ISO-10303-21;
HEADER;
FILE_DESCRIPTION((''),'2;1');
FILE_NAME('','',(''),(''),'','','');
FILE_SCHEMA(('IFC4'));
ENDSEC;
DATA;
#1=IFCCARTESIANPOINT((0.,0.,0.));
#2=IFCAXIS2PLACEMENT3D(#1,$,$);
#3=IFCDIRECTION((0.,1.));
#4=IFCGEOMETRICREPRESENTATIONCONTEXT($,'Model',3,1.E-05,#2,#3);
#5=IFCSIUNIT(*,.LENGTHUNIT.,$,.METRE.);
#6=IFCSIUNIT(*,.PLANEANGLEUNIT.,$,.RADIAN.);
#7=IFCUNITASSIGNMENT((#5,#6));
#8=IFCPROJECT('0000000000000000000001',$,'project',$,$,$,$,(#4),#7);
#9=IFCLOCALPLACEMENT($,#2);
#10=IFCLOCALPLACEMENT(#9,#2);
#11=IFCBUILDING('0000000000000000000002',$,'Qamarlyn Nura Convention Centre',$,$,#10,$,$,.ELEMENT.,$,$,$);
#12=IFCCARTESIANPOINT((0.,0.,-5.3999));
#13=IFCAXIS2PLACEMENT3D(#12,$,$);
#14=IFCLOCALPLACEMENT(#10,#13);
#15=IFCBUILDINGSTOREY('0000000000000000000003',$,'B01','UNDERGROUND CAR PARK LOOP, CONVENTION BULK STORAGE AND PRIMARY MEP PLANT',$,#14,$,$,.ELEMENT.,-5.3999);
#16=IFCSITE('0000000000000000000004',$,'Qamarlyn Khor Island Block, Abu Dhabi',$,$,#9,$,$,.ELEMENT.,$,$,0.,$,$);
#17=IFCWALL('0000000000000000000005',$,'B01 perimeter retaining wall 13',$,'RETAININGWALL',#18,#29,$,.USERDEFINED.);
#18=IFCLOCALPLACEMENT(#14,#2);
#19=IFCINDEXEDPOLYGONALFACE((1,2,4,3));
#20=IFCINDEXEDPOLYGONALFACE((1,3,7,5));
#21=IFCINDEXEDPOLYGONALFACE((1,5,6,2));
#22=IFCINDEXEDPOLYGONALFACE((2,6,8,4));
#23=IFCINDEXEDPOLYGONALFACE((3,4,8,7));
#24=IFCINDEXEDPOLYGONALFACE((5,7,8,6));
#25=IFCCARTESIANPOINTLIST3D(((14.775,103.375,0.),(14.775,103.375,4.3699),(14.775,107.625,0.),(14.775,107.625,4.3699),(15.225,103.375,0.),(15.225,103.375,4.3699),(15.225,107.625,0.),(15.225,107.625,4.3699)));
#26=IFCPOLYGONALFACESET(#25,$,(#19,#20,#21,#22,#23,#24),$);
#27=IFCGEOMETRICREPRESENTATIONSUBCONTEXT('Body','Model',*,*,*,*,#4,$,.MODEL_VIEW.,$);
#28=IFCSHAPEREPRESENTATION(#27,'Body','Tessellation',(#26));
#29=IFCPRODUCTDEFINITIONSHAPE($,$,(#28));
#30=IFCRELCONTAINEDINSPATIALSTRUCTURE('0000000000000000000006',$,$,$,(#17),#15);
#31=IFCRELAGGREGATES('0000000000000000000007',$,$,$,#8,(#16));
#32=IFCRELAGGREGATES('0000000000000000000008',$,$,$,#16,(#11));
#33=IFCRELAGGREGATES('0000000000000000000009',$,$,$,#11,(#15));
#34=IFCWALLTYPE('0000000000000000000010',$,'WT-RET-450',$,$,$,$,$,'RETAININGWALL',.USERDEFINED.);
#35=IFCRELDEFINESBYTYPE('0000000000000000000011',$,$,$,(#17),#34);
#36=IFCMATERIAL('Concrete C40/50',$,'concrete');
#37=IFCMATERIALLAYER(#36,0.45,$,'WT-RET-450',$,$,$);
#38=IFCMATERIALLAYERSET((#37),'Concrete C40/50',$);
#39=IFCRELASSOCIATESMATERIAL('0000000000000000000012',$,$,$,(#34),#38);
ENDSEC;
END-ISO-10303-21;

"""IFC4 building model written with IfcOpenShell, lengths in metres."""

from ifc_helpers import new_model, si_unit, direction, frame, frame_2d, origin, place, context, subcontext, project, spatial, rectangle, extrude, material, layer, layer_set, type_object, element, save


model = new_model("IFC4")

# Units and contexts
model_context = context("Model", 3, precision=1e-05, world=origin(), true_north=direction((0.0, 1.0)))
body_context = subcontext(model_context, "Body", "Model", "MODEL_VIEW")
ifc_project = project(units=[si_unit("LENGTHUNIT", "METRE"), si_unit("PLANEANGLEUNIT", "RADIAN")], contexts=[model_context])

# Site, building, storey
site_placement = place(None, origin())
site = spatial("IfcSite", under=ifc_project, at=site_placement, Name="Qamarlyn Khor Island Block, Abu Dhabi", CompositionType="ELEMENT", RefElevation=0.0)
building_placement = place(site_placement, origin())
building = spatial("IfcBuilding", under=site, at=building_placement, Name="Qamarlyn Nura Convention Centre", CompositionType="ELEMENT")
storey_placement = place(building_placement, frame((0.0, 0.0, -5.3999)))
storey = spatial("IfcBuildingStorey", under=building, at=storey_placement, Name="B01", Description="UNDERGROUND CAR PARK LOOP, CONVENTION BULK STORAGE AND PRIMARY MEP PLANT", CompositionType="ELEMENT", Elevation=-5.3999)

# Shared definitions
ifc_material_1 = material(Name="Concrete C40/50", Category="concrete")

# Wall
ifc_layer_1 = layer(ifc_material_1, 0.45, Name="WT-RET-450")
ifc_layer_set_1 = layer_set([ifc_layer_1], Name="Concrete C40/50")
wall_type_1 = type_object("IfcWallType", Name="WT-RET-450", ElementType="RETAININGWALL", PredefinedType="USERDEFINED", material=ifc_layer_set_1)
wall_1_placement = place(storey_placement, frame((15.0, 103.375, 0.0), z_axis=(0.0, 0.0, 1.0), x_axis=(0.0, 1.0, 0.0)))
element("IfcWall", 1, at=wall_1_placement, inside=storey, type_object=wall_type_1, Name="B01 perimeter retaining wall 13", ObjectType="RETAININGWALL", PredefinedType="USERDEFINED", context=body_context, shape_type="SweptSolid", body=[
    extrude(rectangle(XDim=4.25, YDim=0.45, at=frame_2d((2.125, 0.0))), origin(), (0.0, 0.0, 1.0), 4.3699),
])

save(model, "model.ifc")
